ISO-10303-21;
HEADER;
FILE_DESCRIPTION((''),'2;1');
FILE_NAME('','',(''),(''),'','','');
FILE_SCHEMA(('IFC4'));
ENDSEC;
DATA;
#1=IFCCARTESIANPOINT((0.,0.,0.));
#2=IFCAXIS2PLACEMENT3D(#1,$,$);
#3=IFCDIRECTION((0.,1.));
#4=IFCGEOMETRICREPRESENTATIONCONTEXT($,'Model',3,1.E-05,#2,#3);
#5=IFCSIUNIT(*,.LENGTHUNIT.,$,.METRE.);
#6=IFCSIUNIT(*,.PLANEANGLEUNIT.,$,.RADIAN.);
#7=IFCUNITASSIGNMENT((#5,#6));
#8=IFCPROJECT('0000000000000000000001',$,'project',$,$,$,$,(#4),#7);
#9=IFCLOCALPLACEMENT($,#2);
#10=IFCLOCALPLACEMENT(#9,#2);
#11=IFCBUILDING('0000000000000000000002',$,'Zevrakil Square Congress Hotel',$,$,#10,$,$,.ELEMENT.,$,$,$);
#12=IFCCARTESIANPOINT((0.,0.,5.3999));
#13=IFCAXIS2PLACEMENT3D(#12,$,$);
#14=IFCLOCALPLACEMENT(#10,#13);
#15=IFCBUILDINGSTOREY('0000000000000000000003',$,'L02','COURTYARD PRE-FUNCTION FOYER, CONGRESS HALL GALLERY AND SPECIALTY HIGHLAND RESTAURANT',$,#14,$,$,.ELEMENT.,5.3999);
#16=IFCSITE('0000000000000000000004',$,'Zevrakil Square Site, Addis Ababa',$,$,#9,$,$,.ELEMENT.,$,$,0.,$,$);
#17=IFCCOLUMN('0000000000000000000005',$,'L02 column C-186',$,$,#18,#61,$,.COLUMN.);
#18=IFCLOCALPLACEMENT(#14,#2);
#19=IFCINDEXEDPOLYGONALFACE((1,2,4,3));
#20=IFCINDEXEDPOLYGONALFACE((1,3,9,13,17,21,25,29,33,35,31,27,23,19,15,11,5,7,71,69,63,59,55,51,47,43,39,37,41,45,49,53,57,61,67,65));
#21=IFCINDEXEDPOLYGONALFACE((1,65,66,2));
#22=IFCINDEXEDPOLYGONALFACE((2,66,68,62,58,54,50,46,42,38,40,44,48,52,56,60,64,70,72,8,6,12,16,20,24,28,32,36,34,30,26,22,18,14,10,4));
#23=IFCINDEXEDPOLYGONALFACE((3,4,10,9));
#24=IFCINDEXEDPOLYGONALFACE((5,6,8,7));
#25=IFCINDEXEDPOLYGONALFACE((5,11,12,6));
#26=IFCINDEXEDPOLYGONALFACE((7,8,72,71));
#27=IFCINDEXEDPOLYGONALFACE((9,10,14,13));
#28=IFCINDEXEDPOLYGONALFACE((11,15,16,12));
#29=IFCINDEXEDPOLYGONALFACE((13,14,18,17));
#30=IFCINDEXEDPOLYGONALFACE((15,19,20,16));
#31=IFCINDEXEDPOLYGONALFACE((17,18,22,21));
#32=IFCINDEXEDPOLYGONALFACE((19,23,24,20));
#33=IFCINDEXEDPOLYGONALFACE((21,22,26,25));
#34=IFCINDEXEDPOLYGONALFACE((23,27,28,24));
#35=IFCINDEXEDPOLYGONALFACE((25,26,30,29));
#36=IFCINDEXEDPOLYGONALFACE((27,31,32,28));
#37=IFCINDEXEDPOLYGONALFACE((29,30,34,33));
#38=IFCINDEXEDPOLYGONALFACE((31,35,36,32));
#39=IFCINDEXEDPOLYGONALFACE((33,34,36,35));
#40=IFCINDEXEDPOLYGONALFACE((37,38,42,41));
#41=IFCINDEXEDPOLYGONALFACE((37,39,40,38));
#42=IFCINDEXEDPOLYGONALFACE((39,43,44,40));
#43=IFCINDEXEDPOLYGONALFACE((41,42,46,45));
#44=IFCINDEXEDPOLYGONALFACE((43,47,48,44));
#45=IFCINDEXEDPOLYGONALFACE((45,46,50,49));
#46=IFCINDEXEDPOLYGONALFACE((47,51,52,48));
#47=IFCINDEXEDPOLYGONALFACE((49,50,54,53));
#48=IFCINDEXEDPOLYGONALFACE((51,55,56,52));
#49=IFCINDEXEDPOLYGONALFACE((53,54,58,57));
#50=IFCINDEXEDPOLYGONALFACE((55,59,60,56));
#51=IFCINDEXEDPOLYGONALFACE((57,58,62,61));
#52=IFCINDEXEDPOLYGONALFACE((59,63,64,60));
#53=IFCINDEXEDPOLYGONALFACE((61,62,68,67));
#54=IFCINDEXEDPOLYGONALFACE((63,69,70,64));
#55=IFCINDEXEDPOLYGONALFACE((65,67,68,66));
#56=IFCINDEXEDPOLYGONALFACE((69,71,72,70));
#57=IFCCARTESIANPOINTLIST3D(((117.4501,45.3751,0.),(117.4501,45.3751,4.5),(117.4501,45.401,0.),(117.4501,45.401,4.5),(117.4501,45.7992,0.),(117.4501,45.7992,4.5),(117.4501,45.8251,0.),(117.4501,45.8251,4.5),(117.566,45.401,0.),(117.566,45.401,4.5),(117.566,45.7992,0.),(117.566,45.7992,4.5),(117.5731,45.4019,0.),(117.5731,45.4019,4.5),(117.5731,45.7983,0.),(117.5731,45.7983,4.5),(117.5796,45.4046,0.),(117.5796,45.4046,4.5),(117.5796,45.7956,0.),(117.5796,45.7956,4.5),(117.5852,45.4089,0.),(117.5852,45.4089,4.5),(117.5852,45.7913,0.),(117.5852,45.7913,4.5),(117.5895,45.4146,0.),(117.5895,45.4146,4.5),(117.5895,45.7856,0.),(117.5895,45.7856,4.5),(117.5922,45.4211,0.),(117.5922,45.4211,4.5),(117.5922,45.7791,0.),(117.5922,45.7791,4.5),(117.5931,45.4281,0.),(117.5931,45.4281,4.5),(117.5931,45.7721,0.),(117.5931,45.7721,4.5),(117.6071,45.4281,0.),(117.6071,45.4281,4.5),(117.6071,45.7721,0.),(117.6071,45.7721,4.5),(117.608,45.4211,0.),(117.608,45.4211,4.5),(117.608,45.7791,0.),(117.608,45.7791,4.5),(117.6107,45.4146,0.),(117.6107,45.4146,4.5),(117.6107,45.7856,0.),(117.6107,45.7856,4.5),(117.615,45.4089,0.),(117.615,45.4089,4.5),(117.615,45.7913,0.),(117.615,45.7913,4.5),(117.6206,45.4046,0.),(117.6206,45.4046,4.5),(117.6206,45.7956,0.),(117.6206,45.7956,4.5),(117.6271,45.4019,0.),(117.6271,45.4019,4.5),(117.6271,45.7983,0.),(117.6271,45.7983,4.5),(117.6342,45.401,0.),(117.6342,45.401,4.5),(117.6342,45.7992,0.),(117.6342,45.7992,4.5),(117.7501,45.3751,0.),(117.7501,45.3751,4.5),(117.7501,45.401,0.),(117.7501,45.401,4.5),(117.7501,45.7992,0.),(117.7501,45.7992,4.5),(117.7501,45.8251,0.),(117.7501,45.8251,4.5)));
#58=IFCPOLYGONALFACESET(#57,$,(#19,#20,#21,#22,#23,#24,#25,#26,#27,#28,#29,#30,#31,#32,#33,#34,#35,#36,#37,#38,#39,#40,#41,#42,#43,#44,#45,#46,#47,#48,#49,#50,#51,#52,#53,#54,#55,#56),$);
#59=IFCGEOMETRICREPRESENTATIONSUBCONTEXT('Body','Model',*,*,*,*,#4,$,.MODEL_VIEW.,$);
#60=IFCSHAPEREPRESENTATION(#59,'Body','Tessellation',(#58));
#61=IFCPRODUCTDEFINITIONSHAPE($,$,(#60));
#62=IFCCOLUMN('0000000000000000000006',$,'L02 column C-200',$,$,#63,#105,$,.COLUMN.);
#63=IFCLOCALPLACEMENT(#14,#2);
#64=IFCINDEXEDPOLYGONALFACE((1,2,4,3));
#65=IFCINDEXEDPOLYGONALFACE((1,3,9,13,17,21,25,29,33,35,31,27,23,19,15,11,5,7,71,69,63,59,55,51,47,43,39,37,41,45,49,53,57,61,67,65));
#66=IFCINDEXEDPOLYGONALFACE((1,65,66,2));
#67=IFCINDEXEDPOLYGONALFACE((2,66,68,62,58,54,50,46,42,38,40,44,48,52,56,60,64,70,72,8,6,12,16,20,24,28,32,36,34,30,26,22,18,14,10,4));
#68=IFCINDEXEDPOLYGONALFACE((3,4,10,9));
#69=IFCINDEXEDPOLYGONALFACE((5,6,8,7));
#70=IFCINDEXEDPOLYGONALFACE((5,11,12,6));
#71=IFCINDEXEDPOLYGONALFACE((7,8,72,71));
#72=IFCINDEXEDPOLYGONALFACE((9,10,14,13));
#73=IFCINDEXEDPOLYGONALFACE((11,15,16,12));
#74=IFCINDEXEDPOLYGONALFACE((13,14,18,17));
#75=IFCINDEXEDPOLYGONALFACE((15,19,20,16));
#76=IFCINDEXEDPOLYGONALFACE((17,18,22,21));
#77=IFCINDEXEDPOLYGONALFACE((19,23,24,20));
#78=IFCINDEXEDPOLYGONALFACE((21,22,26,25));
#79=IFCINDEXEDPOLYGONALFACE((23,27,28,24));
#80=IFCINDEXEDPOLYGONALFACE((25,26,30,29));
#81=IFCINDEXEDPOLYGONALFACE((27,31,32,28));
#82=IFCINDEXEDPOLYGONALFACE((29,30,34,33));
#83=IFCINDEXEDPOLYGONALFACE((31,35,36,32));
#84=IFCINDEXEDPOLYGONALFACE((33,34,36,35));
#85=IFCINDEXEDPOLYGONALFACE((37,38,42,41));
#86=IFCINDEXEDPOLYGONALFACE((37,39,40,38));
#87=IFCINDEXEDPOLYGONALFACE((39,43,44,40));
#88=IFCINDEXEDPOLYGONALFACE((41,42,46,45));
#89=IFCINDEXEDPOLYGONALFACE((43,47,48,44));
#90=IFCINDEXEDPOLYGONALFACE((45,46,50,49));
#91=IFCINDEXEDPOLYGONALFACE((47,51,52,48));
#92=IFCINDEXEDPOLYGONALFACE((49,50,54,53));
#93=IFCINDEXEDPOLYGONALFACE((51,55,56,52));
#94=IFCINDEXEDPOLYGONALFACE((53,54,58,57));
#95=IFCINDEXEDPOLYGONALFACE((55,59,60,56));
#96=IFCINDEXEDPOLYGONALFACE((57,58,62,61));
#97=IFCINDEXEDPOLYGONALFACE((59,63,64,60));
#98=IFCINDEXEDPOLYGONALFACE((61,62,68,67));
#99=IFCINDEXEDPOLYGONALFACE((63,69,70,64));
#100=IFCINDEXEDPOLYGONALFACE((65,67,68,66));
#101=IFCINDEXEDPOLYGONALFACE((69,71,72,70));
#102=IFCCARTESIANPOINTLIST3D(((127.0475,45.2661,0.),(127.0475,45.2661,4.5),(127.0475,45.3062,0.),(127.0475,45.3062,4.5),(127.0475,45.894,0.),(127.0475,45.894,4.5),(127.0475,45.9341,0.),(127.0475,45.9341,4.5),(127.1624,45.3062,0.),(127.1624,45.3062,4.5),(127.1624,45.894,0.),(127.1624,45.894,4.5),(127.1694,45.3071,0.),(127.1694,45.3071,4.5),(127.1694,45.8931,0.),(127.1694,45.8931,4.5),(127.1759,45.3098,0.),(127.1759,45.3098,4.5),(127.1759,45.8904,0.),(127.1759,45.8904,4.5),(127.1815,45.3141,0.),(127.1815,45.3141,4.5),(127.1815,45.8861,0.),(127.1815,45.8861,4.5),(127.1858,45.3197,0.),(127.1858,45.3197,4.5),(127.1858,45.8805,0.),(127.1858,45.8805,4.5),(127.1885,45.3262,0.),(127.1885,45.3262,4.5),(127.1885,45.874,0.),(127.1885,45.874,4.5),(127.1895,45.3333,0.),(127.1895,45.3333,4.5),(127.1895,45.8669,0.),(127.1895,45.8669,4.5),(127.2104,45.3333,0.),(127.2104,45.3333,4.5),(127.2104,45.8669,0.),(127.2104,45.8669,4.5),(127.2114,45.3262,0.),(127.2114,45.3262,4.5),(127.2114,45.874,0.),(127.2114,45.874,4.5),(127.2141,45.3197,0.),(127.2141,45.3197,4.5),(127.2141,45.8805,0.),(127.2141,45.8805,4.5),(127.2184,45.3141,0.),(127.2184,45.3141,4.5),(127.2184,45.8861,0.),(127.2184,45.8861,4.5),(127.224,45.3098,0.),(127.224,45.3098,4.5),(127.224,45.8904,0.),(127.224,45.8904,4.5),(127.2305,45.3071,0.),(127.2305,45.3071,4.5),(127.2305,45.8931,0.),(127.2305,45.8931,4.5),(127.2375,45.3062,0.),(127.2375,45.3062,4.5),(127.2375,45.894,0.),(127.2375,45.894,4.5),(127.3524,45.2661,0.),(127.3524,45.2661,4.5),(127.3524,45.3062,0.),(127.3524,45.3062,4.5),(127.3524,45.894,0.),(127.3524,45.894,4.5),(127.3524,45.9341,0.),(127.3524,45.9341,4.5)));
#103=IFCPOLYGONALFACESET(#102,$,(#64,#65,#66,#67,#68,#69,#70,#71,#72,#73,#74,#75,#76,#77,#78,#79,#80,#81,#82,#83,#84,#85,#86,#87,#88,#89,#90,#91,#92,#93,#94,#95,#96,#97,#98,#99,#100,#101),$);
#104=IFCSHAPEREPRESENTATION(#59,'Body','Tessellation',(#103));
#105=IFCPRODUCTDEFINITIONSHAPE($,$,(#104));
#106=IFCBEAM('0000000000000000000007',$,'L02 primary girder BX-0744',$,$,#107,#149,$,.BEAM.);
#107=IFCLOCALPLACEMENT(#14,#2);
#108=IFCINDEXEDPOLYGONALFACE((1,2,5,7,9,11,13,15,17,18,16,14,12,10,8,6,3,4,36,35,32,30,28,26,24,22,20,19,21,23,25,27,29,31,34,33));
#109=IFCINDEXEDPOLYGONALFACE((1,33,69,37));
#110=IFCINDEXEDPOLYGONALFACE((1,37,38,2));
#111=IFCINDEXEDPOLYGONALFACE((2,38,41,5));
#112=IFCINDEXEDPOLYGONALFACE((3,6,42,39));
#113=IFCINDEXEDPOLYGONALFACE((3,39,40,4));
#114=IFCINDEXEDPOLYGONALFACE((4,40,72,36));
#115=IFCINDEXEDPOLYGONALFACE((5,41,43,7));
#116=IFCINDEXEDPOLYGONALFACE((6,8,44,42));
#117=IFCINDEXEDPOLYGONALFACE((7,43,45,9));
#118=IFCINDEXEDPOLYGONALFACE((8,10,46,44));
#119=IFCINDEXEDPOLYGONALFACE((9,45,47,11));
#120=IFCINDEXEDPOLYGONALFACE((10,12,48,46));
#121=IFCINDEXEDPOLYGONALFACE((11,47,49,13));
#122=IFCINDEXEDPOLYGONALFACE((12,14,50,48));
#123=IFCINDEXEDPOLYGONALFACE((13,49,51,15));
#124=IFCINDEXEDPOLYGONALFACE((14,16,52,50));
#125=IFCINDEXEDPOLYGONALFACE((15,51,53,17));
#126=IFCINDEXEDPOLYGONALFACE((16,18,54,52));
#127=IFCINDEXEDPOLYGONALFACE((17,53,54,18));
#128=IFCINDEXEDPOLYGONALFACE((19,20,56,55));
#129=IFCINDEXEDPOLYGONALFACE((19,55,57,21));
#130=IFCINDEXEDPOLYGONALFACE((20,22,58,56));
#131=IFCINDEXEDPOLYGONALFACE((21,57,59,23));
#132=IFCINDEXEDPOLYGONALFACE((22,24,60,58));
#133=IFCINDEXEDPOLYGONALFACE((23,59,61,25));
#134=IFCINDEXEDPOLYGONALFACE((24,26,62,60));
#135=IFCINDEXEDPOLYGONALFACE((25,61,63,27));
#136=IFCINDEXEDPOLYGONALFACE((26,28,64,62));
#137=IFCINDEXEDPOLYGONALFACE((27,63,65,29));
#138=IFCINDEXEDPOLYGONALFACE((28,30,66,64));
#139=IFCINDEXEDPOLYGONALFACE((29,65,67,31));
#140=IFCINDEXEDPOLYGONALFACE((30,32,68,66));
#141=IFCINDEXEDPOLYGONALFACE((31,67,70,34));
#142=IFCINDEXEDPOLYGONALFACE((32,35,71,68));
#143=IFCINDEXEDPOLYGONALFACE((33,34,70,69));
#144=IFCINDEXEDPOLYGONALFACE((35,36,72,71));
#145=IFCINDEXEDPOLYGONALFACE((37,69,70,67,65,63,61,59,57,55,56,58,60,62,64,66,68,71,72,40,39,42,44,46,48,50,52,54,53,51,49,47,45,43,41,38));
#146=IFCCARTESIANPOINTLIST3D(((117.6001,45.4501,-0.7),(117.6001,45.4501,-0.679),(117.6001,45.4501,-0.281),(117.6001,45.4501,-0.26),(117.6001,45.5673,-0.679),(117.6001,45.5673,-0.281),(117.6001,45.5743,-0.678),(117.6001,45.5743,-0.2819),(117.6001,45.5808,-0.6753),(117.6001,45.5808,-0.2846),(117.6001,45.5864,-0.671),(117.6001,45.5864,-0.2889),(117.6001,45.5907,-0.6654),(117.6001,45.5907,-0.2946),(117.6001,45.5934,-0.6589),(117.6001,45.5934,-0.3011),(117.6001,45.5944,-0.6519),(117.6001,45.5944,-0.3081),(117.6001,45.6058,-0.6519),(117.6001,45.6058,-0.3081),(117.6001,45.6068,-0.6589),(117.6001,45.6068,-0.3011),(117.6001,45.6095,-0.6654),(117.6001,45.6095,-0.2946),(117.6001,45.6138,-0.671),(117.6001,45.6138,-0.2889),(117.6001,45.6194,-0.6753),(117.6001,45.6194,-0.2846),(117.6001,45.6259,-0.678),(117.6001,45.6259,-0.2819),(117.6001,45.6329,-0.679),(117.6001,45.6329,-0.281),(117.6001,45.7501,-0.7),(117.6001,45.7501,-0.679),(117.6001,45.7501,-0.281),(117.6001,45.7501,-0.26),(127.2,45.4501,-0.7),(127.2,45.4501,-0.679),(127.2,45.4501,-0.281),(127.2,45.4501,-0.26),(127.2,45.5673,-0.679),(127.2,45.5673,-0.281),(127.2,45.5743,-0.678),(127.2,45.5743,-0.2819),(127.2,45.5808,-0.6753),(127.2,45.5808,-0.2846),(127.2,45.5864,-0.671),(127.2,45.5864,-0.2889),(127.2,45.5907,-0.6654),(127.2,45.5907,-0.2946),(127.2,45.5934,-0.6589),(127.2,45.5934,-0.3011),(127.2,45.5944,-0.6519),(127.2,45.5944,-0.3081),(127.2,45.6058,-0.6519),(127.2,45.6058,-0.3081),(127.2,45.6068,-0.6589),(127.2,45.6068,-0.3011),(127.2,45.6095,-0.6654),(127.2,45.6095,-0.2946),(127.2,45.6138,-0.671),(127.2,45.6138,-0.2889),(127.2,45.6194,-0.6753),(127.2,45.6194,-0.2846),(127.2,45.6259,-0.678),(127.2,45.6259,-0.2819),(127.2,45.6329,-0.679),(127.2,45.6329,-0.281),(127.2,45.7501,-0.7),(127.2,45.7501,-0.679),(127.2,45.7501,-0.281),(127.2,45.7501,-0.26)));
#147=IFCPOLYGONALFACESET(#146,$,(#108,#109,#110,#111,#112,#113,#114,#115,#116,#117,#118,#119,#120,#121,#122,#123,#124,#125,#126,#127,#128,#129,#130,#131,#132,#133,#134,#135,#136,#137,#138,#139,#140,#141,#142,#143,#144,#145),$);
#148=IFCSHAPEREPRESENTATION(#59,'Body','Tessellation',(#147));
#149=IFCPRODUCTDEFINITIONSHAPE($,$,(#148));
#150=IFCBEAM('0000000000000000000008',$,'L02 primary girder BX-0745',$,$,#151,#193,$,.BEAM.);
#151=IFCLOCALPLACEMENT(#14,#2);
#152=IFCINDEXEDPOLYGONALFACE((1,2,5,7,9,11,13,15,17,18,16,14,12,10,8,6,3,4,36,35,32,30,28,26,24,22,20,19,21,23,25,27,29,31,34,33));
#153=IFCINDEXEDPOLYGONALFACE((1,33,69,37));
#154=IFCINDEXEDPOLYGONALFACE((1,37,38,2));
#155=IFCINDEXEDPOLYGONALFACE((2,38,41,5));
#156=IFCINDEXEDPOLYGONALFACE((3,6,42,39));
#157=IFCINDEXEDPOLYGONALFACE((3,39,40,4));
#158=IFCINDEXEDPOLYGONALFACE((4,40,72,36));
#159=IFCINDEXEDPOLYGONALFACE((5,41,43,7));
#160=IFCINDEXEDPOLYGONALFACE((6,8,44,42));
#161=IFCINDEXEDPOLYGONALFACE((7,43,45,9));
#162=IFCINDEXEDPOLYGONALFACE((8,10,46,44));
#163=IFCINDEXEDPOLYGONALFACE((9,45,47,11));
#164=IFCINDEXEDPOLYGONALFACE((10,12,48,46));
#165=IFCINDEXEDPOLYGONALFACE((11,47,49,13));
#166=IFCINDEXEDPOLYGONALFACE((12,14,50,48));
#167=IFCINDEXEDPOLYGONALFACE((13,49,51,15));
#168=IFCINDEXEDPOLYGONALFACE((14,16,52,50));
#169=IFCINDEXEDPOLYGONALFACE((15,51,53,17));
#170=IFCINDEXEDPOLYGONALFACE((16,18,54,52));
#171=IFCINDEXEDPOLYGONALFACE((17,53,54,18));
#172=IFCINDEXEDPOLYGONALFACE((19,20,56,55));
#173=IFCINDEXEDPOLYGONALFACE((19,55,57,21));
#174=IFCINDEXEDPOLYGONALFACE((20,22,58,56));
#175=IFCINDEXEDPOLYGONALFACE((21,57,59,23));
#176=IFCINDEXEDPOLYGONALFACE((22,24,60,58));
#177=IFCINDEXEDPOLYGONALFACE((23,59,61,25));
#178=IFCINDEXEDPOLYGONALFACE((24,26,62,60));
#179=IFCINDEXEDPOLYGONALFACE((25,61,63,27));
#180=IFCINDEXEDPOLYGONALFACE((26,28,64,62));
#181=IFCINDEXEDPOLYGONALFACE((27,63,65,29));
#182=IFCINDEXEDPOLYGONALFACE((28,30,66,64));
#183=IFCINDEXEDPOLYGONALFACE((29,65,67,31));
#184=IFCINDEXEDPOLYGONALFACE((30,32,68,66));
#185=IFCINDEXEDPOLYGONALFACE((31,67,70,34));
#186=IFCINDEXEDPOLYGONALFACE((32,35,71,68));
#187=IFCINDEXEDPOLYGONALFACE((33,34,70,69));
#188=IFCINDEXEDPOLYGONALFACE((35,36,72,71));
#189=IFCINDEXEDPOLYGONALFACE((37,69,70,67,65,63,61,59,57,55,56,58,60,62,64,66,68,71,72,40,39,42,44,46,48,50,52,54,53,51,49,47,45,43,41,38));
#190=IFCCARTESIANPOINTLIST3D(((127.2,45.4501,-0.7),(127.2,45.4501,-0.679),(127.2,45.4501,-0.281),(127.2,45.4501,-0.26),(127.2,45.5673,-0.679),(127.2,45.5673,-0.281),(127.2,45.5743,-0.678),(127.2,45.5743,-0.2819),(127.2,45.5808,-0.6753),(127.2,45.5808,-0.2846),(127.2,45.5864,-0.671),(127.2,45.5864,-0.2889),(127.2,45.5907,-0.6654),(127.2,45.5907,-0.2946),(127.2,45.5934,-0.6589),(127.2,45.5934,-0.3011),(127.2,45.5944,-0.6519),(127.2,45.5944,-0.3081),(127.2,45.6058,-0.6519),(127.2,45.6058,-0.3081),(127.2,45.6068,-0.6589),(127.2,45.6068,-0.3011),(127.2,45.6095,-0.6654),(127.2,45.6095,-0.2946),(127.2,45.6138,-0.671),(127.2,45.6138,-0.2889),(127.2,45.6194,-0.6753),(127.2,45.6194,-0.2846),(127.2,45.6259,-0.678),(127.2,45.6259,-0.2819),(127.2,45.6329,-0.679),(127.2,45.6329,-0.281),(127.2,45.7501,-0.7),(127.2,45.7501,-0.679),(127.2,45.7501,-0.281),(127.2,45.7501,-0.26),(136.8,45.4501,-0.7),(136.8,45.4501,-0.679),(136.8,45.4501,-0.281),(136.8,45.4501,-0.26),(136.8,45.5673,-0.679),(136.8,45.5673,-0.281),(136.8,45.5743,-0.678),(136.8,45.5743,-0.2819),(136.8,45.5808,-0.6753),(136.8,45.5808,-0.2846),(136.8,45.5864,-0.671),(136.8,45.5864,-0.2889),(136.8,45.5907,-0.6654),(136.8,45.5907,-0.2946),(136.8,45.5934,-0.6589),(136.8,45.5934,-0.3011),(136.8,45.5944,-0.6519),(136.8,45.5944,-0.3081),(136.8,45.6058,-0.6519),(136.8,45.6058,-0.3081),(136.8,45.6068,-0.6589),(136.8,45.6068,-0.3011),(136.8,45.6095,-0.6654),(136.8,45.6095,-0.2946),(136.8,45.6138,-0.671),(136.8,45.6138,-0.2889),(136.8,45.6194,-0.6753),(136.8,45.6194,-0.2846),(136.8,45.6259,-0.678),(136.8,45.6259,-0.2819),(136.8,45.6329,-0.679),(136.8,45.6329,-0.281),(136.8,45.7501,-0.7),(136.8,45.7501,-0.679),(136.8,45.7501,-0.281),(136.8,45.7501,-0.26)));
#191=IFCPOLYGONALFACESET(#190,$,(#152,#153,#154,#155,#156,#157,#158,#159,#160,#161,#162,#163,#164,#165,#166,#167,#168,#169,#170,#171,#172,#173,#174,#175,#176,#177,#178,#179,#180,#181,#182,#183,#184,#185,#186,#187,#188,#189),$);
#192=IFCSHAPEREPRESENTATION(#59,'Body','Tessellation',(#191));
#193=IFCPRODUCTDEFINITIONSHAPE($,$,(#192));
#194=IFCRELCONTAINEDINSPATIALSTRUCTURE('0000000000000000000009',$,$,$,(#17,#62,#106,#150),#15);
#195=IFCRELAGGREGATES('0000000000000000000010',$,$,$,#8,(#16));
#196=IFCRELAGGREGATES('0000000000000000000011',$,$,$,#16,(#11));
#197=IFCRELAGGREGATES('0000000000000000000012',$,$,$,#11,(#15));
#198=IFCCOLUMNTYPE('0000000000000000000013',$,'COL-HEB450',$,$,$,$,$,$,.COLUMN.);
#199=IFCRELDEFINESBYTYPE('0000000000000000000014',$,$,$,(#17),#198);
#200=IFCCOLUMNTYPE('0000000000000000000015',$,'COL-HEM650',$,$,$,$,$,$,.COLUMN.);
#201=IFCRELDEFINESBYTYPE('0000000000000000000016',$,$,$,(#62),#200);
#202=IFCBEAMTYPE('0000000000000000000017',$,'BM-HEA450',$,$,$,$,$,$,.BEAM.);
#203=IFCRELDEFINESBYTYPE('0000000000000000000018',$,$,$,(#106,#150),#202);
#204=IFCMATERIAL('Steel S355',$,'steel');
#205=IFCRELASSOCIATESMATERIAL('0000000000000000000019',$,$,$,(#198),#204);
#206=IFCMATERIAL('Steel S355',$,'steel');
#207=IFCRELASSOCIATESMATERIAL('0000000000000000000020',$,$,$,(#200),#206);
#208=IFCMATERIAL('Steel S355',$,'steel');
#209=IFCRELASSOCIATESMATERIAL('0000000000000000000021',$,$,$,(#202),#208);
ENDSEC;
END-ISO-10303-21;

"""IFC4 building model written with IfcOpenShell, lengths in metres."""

from ifc_helpers import new_model, si_unit, direction, frame, origin, origin_2d, place, context, subcontext, project, spatial, i_section, extrude, material, material_profile, profile_set, type_object, element, save


model = new_model("IFC4")

# Units and contexts
model_context = context("Model", 3, precision=1e-05, world=origin(), true_north=direction((0.0, 1.0)))
body_context = subcontext(model_context, "Body", "Model", "MODEL_VIEW")
ifc_project = project(units=[si_unit("LENGTHUNIT", "METRE"), si_unit("PLANEANGLEUNIT", "RADIAN")], contexts=[model_context])

# Site, building, storey
site_placement = place(None, origin())
site = spatial("IfcSite", under=ifc_project, at=site_placement, Name="Zevrakil Square Site, Addis Ababa", CompositionType="ELEMENT", RefElevation=0.0)
building_placement = place(site_placement, origin())
building = spatial("IfcBuilding", under=site, at=building_placement, Name="Zevrakil Square Congress Hotel", CompositionType="ELEMENT")
storey_placement = place(building_placement, frame((0.0, 0.0, 5.3999)))
storey = spatial("IfcBuildingStorey", under=building, at=storey_placement, Name="L02", Description="COURTYARD PRE-FUNCTION FOYER, CONGRESS HALL GALLERY AND SPECIALTY HIGHLAND RESTAURANT", CompositionType="ELEMENT", Elevation=5.3999)

# Columns
ifc_material_1 = material(Name="Steel S355", Category="steel")
ifc_material_profile_1 = material_profile(ifc_material_1, i_section(OverallWidth=0.3, OverallDepth=0.45, WebThickness=0.0139, FlangeThickness=0.0259, FilletRadius=0.0271, at=origin_2d()), Name="HEB 450")
ifc_profile_set_1 = profile_set([ifc_material_profile_1], Name="Steel S355")
column_type_1 = type_object("IfcColumnType", Name="COL-HEB450", PredefinedType="COLUMN", material=ifc_profile_set_1)
column_1_placement = place(storey_placement, frame((117.6001, 45.6001, 0.0), z_axis=(0.0, 0.0, 1.0), x_axis=(1.0, 0.0, 0.0)))
element("IfcColumn", 1, at=column_1_placement, inside=storey, type_object=column_type_1, Name="L02 column C-186", PredefinedType="COLUMN", context=body_context, shape_type="SweptSolid", body=[
    extrude(i_section(OverallWidth=0.3, OverallDepth=0.45, WebThickness=0.0139, FlangeThickness=0.0259, FilletRadius=0.0271, at=origin_2d()), origin(), (0.0, 0.0, 1.0), 4.5),
])
ifc_material_2 = material(Name="Steel S355", Category="steel")
ifc_material_profile_2 = material_profile(ifc_material_2, i_section(OverallWidth=0.3049, OverallDepth=0.668, WebThickness=0.021, FlangeThickness=0.04, FilletRadius=0.0271, at=origin_2d()), Name="HEM 650")
ifc_profile_set_2 = profile_set([ifc_material_profile_2], Name="Steel S355")
column_type_2 = type_object("IfcColumnType", Name="COL-HEM650", PredefinedType="COLUMN", material=ifc_profile_set_2)
column_2_placement = place(storey_placement, frame((127.2, 45.6001, 0.0), z_axis=(0.0, 0.0, 1.0), x_axis=(1.0, 0.0, 0.0)))
element("IfcColumn", 2, at=column_2_placement, inside=storey, type_object=column_type_2, Name="L02 column C-200", PredefinedType="COLUMN", context=body_context, shape_type="SweptSolid", body=[
    extrude(i_section(OverallWidth=0.3049, OverallDepth=0.668, WebThickness=0.021, FlangeThickness=0.04, FilletRadius=0.0271, at=origin_2d()), origin(), (0.0, 0.0, 1.0), 4.5),
])

# Beams
ifc_material_3 = material(Name="Steel S355", Category="steel")
ifc_material_profile_3 = material_profile(ifc_material_3, i_section(OverallWidth=0.3, OverallDepth=0.4399, WebThickness=0.0115, FlangeThickness=0.021, FilletRadius=0.0271, at=origin_2d()), Name="HEA 450")
ifc_profile_set_3 = profile_set([ifc_material_profile_3], Name="Steel S355")
beam_type_1 = type_object("IfcBeamType", Name="BM-HEA450", PredefinedType="BEAM", material=ifc_profile_set_3)
beam_1_placement = place(storey_placement, frame((117.6001, 45.6001, -0.48), z_axis=(1.0, 0.0, 0.0), x_axis=(0.0, 1.0, 0.0)))
element("IfcBeam", 3, at=beam_1_placement, inside=storey, type_object=beam_type_1, Name="L02 primary girder BX-0744", PredefinedType="BEAM", context=body_context, shape_type="SweptSolid", body=[
    extrude(i_section(OverallWidth=0.3, OverallDepth=0.4399, WebThickness=0.0115, FlangeThickness=0.021, FilletRadius=0.0271, at=origin_2d()), origin(), (0.0, 0.0, 1.0), 9.5999),
])
beam_2_placement = place(storey_placement, frame((127.2, 45.6001, -0.48), z_axis=(1.0, 0.0, 0.0), x_axis=(0.0, 1.0, 0.0)))
element("IfcBeam", 4, at=beam_2_placement, inside=storey, type_object=beam_type_1, Name="L02 primary girder BX-0745", PredefinedType="BEAM", context=body_context, shape_type="SweptSolid", body=[
    extrude(i_section(OverallWidth=0.3, OverallDepth=0.4399, WebThickness=0.0115, FlangeThickness=0.021, FilletRadius=0.0271, at=origin_2d()), origin(), (0.0, 0.0, 1.0), 9.6001),
])

save(model, "model.ifc")
